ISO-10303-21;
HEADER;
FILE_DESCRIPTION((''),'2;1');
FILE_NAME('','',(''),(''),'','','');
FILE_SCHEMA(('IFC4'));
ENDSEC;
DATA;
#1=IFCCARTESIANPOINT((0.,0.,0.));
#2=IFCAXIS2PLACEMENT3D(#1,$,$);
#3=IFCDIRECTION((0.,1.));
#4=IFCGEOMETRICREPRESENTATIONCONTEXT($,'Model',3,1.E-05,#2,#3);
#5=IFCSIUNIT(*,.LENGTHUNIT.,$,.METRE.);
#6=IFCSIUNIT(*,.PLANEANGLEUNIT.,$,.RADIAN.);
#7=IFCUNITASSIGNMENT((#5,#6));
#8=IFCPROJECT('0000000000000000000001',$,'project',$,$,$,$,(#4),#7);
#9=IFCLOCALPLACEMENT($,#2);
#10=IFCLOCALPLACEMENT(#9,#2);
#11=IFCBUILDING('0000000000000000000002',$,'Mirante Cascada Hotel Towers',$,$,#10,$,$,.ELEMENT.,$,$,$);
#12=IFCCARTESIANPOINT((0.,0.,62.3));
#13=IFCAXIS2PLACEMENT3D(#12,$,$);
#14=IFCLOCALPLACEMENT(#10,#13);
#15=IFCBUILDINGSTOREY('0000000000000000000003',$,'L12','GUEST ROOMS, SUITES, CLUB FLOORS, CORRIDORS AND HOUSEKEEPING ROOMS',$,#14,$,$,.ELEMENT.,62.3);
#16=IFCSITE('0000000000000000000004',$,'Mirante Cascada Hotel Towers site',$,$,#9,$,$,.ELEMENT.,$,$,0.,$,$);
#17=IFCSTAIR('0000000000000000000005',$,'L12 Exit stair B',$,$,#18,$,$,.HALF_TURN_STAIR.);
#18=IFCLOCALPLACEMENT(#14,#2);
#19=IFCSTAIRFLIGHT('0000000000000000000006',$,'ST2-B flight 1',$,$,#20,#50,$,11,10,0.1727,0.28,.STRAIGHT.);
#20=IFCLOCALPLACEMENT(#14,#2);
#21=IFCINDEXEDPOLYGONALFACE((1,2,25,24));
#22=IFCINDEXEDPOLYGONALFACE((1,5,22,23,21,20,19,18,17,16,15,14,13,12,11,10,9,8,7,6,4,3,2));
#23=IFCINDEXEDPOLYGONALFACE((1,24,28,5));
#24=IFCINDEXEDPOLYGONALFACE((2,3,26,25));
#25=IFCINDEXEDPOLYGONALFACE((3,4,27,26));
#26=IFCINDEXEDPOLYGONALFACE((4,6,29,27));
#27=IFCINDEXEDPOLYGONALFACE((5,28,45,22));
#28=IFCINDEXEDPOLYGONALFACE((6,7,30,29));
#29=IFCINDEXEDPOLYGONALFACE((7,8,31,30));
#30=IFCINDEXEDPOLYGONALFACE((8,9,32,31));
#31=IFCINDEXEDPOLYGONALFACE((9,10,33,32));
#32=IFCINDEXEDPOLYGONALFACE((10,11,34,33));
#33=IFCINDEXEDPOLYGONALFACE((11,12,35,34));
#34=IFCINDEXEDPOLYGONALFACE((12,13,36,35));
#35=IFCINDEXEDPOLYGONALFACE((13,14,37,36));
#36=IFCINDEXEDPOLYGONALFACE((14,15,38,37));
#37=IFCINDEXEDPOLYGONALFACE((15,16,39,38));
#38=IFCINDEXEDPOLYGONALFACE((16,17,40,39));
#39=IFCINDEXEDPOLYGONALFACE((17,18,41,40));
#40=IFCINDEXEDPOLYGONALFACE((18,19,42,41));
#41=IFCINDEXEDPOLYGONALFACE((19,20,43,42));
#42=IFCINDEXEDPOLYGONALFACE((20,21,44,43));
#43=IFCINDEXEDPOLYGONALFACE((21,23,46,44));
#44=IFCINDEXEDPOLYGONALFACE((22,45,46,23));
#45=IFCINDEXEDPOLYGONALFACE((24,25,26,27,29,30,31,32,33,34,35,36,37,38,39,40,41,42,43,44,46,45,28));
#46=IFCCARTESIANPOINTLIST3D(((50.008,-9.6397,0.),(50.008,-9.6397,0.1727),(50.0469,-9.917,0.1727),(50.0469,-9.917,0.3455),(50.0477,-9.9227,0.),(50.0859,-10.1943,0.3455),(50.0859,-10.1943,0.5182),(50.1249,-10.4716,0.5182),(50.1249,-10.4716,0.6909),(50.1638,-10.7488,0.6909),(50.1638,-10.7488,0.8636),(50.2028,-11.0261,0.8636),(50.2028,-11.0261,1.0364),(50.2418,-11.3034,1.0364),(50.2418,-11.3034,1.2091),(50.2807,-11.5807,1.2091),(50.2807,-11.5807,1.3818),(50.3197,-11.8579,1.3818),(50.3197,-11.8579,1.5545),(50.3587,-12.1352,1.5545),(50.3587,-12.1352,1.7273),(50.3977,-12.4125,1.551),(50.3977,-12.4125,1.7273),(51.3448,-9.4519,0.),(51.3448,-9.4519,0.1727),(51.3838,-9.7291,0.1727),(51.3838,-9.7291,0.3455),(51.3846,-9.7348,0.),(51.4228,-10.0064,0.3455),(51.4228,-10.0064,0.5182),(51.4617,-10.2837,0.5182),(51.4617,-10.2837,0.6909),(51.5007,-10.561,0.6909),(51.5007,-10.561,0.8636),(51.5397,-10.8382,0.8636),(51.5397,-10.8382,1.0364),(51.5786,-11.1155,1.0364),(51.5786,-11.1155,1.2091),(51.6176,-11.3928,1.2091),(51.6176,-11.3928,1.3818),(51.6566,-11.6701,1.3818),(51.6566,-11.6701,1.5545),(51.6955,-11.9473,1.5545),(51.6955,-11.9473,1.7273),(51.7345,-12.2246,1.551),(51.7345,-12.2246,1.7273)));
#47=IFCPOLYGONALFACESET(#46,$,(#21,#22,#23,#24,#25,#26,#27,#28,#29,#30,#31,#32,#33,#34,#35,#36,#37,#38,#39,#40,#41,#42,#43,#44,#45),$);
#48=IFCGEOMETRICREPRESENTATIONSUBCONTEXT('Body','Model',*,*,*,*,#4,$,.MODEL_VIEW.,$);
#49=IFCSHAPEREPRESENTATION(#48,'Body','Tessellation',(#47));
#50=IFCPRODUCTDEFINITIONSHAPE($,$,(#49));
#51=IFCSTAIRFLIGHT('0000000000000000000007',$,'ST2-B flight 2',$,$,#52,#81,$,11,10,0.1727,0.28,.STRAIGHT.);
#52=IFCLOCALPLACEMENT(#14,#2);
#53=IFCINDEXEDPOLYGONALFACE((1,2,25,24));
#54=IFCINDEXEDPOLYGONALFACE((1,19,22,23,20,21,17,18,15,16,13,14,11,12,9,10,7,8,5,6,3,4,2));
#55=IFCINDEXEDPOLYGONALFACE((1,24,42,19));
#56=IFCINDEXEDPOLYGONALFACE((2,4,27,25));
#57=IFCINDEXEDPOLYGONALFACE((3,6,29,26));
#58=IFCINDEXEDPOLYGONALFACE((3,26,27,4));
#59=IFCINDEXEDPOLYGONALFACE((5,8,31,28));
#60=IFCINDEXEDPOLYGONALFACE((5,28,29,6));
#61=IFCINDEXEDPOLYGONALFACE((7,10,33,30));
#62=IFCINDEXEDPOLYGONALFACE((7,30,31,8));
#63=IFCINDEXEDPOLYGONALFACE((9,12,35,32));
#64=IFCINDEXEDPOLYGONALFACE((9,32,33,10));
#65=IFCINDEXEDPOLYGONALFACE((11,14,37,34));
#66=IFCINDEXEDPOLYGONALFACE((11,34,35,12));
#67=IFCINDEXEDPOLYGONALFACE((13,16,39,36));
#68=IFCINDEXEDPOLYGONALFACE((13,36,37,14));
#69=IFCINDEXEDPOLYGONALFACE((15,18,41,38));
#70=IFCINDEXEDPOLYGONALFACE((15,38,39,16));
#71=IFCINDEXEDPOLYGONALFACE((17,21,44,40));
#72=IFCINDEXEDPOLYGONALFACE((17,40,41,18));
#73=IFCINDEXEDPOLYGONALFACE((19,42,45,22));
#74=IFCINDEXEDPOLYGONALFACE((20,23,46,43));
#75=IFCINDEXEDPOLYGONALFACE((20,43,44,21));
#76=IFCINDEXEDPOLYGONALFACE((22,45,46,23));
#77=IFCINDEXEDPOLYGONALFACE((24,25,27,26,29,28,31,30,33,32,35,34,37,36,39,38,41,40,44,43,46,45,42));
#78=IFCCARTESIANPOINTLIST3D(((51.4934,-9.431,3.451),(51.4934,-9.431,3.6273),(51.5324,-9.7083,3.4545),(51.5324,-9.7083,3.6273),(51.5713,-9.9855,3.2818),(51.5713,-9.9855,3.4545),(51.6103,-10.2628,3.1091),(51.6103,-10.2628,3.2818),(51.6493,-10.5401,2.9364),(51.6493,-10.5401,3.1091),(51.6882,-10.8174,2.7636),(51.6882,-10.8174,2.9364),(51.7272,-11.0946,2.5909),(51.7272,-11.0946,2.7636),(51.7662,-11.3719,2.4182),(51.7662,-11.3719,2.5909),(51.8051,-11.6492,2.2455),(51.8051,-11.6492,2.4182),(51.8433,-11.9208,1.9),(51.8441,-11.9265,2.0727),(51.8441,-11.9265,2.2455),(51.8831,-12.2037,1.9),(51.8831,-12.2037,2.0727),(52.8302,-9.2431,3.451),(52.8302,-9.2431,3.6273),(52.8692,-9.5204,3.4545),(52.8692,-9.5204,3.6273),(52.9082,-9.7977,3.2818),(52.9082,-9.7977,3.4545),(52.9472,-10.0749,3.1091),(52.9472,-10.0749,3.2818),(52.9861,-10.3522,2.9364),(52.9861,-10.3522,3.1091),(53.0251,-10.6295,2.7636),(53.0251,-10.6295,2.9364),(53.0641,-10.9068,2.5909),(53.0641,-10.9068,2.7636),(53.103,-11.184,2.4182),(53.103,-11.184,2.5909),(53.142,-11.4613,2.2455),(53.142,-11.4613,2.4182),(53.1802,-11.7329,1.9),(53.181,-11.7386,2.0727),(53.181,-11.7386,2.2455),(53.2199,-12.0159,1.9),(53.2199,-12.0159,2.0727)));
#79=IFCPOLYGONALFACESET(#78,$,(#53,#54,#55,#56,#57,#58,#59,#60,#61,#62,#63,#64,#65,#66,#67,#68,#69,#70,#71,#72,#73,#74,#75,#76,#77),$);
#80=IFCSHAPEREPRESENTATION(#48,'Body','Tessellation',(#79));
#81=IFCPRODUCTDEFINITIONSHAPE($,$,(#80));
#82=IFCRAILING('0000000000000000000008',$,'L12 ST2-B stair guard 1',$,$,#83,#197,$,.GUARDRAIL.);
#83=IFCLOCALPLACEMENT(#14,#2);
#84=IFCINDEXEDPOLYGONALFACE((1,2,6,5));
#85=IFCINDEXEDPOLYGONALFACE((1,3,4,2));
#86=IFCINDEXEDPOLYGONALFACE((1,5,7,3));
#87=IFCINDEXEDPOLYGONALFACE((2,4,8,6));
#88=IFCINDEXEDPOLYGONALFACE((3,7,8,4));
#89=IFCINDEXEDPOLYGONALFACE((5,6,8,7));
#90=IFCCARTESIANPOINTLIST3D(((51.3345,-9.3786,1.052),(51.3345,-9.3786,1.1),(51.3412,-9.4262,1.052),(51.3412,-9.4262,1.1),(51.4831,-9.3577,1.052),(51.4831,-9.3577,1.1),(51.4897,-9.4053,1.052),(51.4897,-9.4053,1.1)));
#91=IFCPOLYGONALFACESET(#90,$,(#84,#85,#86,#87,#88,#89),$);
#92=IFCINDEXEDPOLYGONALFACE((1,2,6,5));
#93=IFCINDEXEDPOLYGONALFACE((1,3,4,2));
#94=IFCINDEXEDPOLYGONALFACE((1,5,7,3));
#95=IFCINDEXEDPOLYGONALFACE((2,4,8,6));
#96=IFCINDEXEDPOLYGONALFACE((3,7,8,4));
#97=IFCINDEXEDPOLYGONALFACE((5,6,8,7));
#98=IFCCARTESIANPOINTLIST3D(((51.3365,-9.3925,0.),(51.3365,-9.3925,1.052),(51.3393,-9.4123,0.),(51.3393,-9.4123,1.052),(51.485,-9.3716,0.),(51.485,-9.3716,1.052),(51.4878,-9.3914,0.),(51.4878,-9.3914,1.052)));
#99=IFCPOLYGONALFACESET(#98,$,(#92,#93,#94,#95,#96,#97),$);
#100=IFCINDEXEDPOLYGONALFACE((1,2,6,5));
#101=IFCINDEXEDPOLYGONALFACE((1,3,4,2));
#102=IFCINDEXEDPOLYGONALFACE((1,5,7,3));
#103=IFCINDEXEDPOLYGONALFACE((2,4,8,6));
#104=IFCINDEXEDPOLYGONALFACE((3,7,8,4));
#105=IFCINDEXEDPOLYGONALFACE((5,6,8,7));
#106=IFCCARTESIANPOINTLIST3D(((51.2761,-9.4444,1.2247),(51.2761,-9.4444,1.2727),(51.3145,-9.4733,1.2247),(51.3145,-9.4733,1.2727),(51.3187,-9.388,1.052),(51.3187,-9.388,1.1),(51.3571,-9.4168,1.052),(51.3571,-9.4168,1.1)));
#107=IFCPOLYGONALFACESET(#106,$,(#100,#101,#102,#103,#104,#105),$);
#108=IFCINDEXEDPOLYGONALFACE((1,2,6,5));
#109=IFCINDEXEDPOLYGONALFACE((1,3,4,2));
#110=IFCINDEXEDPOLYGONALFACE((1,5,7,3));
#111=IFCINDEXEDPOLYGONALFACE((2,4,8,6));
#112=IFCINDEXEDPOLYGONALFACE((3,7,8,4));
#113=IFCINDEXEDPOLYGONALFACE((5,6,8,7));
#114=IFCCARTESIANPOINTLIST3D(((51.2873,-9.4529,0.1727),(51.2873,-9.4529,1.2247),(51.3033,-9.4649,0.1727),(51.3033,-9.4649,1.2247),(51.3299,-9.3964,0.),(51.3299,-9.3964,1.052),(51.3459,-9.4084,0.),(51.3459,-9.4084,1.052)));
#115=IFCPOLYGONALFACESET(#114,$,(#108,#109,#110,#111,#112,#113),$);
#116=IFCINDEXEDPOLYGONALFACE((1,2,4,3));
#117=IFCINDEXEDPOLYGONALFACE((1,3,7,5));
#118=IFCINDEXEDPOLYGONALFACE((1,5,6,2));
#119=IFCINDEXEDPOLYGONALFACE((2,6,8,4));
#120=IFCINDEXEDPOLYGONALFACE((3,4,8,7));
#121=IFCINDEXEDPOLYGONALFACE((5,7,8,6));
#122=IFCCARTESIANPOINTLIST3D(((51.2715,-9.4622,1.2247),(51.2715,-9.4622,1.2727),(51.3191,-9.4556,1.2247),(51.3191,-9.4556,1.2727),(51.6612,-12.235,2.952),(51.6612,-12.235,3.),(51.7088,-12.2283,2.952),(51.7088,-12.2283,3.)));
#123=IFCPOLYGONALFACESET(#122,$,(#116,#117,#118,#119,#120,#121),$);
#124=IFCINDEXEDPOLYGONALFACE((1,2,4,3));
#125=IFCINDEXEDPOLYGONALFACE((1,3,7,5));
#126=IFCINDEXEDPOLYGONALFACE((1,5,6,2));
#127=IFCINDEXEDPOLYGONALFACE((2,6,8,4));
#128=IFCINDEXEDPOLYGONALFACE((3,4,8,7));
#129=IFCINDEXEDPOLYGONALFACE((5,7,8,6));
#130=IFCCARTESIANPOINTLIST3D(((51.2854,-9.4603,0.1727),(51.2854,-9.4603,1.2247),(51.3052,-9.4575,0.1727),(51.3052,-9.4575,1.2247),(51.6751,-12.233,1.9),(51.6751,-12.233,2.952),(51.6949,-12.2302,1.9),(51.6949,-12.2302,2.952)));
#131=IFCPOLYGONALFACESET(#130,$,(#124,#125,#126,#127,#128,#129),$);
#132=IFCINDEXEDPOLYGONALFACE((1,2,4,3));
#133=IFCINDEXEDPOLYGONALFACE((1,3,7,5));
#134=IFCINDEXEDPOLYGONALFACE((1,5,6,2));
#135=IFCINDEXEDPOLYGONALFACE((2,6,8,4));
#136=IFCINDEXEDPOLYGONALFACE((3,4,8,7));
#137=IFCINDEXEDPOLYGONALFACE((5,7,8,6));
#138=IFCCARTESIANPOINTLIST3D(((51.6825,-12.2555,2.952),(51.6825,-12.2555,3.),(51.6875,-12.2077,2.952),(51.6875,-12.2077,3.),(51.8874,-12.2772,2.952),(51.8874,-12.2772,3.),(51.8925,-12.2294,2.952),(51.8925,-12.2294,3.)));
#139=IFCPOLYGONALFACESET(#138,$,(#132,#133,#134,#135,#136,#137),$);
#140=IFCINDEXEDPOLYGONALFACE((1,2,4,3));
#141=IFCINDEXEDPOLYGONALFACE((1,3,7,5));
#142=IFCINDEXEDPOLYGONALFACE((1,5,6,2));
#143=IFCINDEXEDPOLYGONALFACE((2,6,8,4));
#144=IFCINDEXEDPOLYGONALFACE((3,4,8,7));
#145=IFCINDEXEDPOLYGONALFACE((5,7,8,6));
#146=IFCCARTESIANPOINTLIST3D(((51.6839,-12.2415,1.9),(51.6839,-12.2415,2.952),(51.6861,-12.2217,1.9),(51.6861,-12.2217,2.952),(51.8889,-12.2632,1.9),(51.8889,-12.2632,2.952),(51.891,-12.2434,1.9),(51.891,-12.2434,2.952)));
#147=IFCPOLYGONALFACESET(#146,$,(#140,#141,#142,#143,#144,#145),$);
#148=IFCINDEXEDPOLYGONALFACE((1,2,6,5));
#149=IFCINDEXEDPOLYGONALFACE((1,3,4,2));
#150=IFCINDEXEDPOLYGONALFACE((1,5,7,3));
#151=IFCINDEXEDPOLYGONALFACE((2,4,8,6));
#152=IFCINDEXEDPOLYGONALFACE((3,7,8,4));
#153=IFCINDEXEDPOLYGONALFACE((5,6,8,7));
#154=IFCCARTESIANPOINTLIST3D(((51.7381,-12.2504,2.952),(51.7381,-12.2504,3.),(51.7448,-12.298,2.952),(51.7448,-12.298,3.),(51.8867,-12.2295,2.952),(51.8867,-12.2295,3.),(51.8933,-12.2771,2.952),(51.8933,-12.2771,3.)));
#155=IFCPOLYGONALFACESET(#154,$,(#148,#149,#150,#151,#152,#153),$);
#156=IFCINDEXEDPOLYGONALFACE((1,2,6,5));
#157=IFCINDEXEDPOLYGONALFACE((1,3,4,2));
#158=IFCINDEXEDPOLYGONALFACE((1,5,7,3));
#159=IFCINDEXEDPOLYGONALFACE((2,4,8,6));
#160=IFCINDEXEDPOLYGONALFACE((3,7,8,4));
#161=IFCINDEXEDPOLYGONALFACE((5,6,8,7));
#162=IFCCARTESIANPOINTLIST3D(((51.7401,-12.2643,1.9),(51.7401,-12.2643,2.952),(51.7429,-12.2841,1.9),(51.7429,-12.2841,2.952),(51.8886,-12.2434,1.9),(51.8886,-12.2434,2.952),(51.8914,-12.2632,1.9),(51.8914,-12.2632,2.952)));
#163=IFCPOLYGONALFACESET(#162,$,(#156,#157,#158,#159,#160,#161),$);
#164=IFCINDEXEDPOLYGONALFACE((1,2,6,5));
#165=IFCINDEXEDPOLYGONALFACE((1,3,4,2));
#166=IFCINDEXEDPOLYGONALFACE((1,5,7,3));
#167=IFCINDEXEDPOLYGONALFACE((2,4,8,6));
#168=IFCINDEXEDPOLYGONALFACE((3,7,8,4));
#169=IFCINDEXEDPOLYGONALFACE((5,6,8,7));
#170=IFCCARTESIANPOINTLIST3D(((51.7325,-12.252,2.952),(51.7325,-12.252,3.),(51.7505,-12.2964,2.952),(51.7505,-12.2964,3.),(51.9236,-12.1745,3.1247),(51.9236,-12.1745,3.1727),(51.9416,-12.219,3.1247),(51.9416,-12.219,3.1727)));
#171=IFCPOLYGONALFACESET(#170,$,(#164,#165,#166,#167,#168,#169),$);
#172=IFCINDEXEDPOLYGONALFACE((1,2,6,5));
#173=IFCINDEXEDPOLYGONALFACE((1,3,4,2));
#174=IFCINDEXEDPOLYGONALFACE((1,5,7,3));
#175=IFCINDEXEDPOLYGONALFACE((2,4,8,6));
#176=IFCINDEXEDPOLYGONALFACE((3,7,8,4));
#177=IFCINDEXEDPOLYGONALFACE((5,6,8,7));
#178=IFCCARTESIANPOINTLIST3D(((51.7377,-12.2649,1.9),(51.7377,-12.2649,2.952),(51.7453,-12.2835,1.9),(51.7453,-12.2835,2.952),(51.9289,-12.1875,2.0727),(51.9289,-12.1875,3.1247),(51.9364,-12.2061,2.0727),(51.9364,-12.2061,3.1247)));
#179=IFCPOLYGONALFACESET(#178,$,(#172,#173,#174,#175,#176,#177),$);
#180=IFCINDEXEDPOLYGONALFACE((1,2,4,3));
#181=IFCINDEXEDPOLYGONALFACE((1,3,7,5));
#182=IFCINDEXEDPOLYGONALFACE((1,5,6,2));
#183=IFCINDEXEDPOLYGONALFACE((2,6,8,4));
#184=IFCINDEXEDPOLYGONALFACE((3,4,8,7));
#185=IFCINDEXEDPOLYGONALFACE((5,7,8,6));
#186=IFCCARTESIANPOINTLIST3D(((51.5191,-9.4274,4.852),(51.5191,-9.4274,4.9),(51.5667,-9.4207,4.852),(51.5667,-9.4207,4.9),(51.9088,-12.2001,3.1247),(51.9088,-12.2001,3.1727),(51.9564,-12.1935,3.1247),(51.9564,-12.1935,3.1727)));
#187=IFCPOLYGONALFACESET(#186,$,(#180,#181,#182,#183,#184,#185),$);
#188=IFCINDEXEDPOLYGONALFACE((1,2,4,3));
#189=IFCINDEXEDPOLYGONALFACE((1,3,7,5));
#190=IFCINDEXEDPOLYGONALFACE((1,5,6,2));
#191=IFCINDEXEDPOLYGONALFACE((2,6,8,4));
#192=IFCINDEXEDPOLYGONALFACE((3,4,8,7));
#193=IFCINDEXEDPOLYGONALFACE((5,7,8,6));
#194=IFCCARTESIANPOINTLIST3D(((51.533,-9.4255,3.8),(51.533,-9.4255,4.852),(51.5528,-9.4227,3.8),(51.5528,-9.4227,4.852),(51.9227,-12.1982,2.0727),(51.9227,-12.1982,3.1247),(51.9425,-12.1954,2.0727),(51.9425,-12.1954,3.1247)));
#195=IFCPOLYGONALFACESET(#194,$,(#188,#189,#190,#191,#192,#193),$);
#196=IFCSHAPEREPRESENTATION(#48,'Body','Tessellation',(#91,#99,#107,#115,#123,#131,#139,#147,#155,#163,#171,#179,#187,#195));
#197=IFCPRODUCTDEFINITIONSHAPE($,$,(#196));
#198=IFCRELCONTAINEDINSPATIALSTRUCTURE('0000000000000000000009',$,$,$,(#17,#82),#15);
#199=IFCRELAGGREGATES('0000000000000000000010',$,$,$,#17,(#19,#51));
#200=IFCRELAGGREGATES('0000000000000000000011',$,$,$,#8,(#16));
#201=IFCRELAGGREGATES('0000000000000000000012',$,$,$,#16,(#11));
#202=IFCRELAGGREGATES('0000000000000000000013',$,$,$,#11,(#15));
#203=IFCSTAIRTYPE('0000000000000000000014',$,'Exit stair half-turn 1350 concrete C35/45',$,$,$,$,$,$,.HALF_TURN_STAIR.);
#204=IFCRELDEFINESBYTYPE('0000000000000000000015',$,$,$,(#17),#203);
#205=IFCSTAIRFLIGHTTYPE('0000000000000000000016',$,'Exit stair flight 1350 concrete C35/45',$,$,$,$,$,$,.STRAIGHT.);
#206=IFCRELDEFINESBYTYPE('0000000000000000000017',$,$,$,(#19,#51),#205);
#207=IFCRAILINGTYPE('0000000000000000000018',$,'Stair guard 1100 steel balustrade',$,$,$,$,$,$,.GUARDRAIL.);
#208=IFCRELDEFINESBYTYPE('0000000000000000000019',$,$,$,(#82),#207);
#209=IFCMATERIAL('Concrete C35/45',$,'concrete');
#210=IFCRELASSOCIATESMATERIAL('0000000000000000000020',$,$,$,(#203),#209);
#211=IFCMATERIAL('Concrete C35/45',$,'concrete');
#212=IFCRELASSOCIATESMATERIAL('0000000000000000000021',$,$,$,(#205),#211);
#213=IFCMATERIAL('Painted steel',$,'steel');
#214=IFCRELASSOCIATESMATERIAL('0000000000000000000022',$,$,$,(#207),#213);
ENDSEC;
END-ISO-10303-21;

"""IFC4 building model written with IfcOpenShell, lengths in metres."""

from ifc_helpers import new_model, si_unit, direction, frame, origin, origin_2d, place, context, subcontext, project, spatial, polyline, rectangle, outline, extrude, material, type_object, element, aggregate, save


model = new_model("IFC4")

# Units and contexts
model_context = context("Model", 3, precision=1e-05, world=origin(), true_north=direction((0.0, 1.0)))
body_context = subcontext(model_context, "Body", "Model", "MODEL_VIEW")
ifc_project = project(units=[si_unit("LENGTHUNIT", "METRE"), si_unit("PLANEANGLEUNIT", "RADIAN")], contexts=[model_context])

# Site, building, storey
site_placement = place(None, origin())
site = spatial("IfcSite", under=ifc_project, at=site_placement, Name="Mirante Cascada Hotel Towers site", CompositionType="ELEMENT", RefElevation=0.0)
building_placement = place(site_placement, origin())
building = spatial("IfcBuilding", under=site, at=building_placement, Name="Mirante Cascada Hotel Towers", CompositionType="ELEMENT")
storey_placement = place(building_placement, frame((0.0, 0.0, 62.3)))
storey = spatial("IfcBuildingStorey", under=building, at=storey_placement, Name="L12", Description="GUEST ROOMS, SUITES, CLUB FLOORS, CORRIDORS AND HOUSEKEEPING ROOMS", CompositionType="ELEMENT", Elevation=62.3)

# Stair, stair flights
ifc_material_1 = material(Name="Concrete C35/45", Category="concrete")
stair_type = type_object("IfcStairType", Name="Exit stair half-turn 1350 concrete C35/45", PredefinedType="HALF_TURN_STAIR", material=ifc_material_1)
stair_placement = place(storey_placement, origin())
stair = element("IfcStair", 1, at=stair_placement, inside=storey, type_object=stair_type, Name="L12 Exit stair B", PredefinedType="HALF_TURN_STAIR")
ifc_material_2 = material(Name="Concrete C35/45", Category="concrete")
stair_flight_type = type_object("IfcStairFlightType", Name="Exit stair flight 1350 concrete C35/45", PredefinedType="STRAIGHT", material=ifc_material_2)
stair_flight_1_placement = place(storey_placement, frame((50.6764, -9.5458, 0.0), z_axis=(0.0, 0.0, 1.0), x_axis=(0.139173, -0.990268, 0.0)))
stair_flight_1 = element("IfcStairFlight", 2, at=stair_flight_1_placement, type_object=stair_flight_type, Name="ST2-B flight 1", NumberOfRisers=11, NumberOfTreads=10, PredefinedType="STRAIGHT", RiserHeight=0.1727, TreadLength=0.28, context=body_context, shape_type="SweptSolid", body=[
    extrude(outline(polyline([(0.0, 0.0), (0.0, 0.1727), (0.28, 0.1727), (0.28, 0.3455), (0.56, 0.3455), (0.56, 0.5182), (0.84, 0.5182), (0.84, 0.6909), (1.12, 0.6909), (1.12, 0.8636), (1.4, 0.8636), (1.4, 1.0364), (1.68, 1.0364), (1.68, 1.2091), (1.96, 1.2091), (1.96, 1.3818), (2.24, 1.3818), (2.24, 1.5545), (2.52, 1.5545), (2.52, 1.7273), (2.8, 1.7273), (2.8, 1.9), (2.8, 1.551), (0.2857, 0.0), (0.0, 0.0)])), frame((0.0, 0.675, 0.0), z_axis=(0.0, -1.0, 0.0), x_axis=(1.0, 0.0, 0.0)), (0.0, 0.0, 1.0), 1.35),
])
stair_flight_2_placement = place(storey_placement, frame((52.5515, -12.1098, 1.9), z_axis=(0.0, 0.0, 1.0), x_axis=(-0.139173, 0.990268, 0.0)))
stair_flight_2 = element("IfcStairFlight", 3, at=stair_flight_2_placement, type_object=stair_flight_type, Name="ST2-B flight 2", NumberOfRisers=11, NumberOfTreads=10, PredefinedType="STRAIGHT", RiserHeight=0.1727, TreadLength=0.28, context=body_context, shape_type="SweptSolid", body=[
    extrude(outline(polyline([(0.0, 0.0), (0.0, 0.1727), (0.28, 0.1727), (0.28, 0.3455), (0.56, 0.3455), (0.56, 0.5182), (0.84, 0.5182), (0.84, 0.6909), (1.12, 0.6909), (1.12, 0.8636), (1.4, 0.8636), (1.4, 1.0364), (1.68, 1.0364), (1.68, 1.2091), (1.96, 1.2091), (1.96, 1.3818), (2.24, 1.3818), (2.24, 1.5545), (2.52, 1.5545), (2.52, 1.7273), (2.8, 1.7273), (2.8, 1.9), (2.8, 1.551), (0.2857, 0.0), (0.0, 0.0)])), frame((0.0, 0.675, 0.0), z_axis=(0.0, -1.0, 0.0), x_axis=(1.0, 0.0, 0.0)), (0.0, 0.0, 1.0), 1.35),
])
aggregate(stair, [stair_flight_1, stair_flight_2])

# Railing
ifc_material_3 = material(Name="Painted steel", Category="steel")
railing_type_1 = type_object("IfcRailingType", Name="Stair guard 1100 steel balustrade", PredefinedType="GUARDRAIL", material=ifc_material_3)
railing_1_placement = place(storey_placement, frame((51.4864, -9.3815, 0.0)))
element("IfcRailing", 4, at=railing_1_placement, inside=storey, type_object=railing_type_1, Name="L12 ST2-B stair guard 1", PredefinedType="GUARDRAIL", context=body_context, shape_type="SweptSolid", body=[
    extrude(rectangle(XDim=0.048, YDim=0.048, at=origin_2d()), frame((0.0, 0.0, 1.076), z_axis=(-0.990241, -0.139367, 0.0), x_axis=(0.139367, -0.990241, 0.0)), (0.0, 0.0, 1.0), 0.15),
    extrude(rectangle(XDim=0.02, YDim=1.052, at=origin_2d()), frame((0.0, 0.0, 0.526), z_axis=(-0.990241, -0.139367, 0.0), x_axis=(0.139367, -0.990241, 0.0)), (0.0, 0.0, 1.0), 0.15),
    extrude(rectangle(XDim=0.048, YDim=0.048, at=origin_2d()), frame((-0.1485, -0.0209, 1.076), z_axis=(-0.602033, -0.798471, 0.0), x_axis=(0.798471, -0.602033, 0.0)), (0.0, 0.92534, 0.379139), 0.1866),
    extrude(rectangle(XDim=0.02, YDim=1.052, at=origin_2d()), frame((-0.1485, -0.0209, 0.526), z_axis=(-0.602033, -0.798471, 0.0), x_axis=(0.798471, -0.602033, 0.0)), (0.0, 0.92534, 0.379139), 0.1866),
    extrude(rectangle(XDim=0.048, YDim=0.048, at=origin_2d()), frame((-0.1911, -0.0774, 1.2487), z_axis=(0.139181, -0.990267, 0.0), x_axis=(0.990267, 0.139181, 0.0)), (0.0, 0.525035, 0.851081), 3.2899),
    extrude(rectangle(XDim=0.02, YDim=1.052, at=origin_2d()), frame((-0.1911, -0.0774, 0.6987), z_axis=(0.139181, -0.990267, 0.0), x_axis=(0.990267, 0.139181, 0.0)), (0.0, 0.525035, 0.851081), 3.2899),
    extrude(rectangle(XDim=0.048, YDim=0.048, at=origin_2d()), frame((0.1986, -2.8501, 2.976), z_axis=(0.994444, -0.105266, 0.0), x_axis=(0.105266, 0.994444, 0.0)), (0.0, 0.0, 1.0), 0.2061),
    extrude(rectangle(XDim=0.02, YDim=1.052, at=origin_2d()), frame((0.1986, -2.8501, 2.426), z_axis=(0.994444, -0.105266, 0.0), x_axis=(0.105266, 0.994444, 0.0)), (0.0, 0.0, 1.0), 0.2061),
    extrude(rectangle(XDim=0.048, YDim=0.048, at=origin_2d()), frame((0.4036, -2.8718, 2.976), z_axis=(-0.990241, -0.139367, 0.0), x_axis=(0.139367, -0.990241, 0.0)), (0.0, 0.0, 1.0), 0.15),
    extrude(rectangle(XDim=0.02, YDim=1.052, at=origin_2d()), frame((0.4036, -2.8718, 2.426), z_axis=(-0.990241, -0.139367, 0.0), x_axis=(0.139367, -0.990241, 0.0)), (0.0, 0.0, 1.0), 0.15),
    extrude(rectangle(XDim=0.048, YDim=0.048, at=origin_2d()), frame((0.2551, -2.8927, 2.976), z_axis=(0.926862, 0.375401, 0.0), x_axis=(-0.375401, 0.926862, 0.0)), (0.0, 0.642122, 0.766603), 0.269),
    extrude(rectangle(XDim=0.02, YDim=1.052, at=origin_2d()), frame((0.2551, -2.8927, 2.426), z_axis=(0.926862, 0.375401, 0.0), x_axis=(-0.375401, 0.926862, 0.0)), (0.0, 0.642122, 0.766603), 0.269),
    extrude(rectangle(XDim=0.048, YDim=0.048, at=origin_2d()), frame((0.4462, -2.8153, 3.1487), z_axis=(-0.139181, 0.990267, 0.0), x_axis=(-0.990267, -0.139181, 0.0)), (0.0, 0.525035, 0.851081), 3.2899),
    extrude(rectangle(XDim=0.02, YDim=1.052, at=origin_2d()), frame((0.4462, -2.8153, 2.5987), z_axis=(-0.139181, 0.990267, 0.0), x_axis=(-0.990267, -0.139181, 0.0)), (0.0, 0.525035, 0.851081), 3.2899),
])

save(model, "model.ifc")
